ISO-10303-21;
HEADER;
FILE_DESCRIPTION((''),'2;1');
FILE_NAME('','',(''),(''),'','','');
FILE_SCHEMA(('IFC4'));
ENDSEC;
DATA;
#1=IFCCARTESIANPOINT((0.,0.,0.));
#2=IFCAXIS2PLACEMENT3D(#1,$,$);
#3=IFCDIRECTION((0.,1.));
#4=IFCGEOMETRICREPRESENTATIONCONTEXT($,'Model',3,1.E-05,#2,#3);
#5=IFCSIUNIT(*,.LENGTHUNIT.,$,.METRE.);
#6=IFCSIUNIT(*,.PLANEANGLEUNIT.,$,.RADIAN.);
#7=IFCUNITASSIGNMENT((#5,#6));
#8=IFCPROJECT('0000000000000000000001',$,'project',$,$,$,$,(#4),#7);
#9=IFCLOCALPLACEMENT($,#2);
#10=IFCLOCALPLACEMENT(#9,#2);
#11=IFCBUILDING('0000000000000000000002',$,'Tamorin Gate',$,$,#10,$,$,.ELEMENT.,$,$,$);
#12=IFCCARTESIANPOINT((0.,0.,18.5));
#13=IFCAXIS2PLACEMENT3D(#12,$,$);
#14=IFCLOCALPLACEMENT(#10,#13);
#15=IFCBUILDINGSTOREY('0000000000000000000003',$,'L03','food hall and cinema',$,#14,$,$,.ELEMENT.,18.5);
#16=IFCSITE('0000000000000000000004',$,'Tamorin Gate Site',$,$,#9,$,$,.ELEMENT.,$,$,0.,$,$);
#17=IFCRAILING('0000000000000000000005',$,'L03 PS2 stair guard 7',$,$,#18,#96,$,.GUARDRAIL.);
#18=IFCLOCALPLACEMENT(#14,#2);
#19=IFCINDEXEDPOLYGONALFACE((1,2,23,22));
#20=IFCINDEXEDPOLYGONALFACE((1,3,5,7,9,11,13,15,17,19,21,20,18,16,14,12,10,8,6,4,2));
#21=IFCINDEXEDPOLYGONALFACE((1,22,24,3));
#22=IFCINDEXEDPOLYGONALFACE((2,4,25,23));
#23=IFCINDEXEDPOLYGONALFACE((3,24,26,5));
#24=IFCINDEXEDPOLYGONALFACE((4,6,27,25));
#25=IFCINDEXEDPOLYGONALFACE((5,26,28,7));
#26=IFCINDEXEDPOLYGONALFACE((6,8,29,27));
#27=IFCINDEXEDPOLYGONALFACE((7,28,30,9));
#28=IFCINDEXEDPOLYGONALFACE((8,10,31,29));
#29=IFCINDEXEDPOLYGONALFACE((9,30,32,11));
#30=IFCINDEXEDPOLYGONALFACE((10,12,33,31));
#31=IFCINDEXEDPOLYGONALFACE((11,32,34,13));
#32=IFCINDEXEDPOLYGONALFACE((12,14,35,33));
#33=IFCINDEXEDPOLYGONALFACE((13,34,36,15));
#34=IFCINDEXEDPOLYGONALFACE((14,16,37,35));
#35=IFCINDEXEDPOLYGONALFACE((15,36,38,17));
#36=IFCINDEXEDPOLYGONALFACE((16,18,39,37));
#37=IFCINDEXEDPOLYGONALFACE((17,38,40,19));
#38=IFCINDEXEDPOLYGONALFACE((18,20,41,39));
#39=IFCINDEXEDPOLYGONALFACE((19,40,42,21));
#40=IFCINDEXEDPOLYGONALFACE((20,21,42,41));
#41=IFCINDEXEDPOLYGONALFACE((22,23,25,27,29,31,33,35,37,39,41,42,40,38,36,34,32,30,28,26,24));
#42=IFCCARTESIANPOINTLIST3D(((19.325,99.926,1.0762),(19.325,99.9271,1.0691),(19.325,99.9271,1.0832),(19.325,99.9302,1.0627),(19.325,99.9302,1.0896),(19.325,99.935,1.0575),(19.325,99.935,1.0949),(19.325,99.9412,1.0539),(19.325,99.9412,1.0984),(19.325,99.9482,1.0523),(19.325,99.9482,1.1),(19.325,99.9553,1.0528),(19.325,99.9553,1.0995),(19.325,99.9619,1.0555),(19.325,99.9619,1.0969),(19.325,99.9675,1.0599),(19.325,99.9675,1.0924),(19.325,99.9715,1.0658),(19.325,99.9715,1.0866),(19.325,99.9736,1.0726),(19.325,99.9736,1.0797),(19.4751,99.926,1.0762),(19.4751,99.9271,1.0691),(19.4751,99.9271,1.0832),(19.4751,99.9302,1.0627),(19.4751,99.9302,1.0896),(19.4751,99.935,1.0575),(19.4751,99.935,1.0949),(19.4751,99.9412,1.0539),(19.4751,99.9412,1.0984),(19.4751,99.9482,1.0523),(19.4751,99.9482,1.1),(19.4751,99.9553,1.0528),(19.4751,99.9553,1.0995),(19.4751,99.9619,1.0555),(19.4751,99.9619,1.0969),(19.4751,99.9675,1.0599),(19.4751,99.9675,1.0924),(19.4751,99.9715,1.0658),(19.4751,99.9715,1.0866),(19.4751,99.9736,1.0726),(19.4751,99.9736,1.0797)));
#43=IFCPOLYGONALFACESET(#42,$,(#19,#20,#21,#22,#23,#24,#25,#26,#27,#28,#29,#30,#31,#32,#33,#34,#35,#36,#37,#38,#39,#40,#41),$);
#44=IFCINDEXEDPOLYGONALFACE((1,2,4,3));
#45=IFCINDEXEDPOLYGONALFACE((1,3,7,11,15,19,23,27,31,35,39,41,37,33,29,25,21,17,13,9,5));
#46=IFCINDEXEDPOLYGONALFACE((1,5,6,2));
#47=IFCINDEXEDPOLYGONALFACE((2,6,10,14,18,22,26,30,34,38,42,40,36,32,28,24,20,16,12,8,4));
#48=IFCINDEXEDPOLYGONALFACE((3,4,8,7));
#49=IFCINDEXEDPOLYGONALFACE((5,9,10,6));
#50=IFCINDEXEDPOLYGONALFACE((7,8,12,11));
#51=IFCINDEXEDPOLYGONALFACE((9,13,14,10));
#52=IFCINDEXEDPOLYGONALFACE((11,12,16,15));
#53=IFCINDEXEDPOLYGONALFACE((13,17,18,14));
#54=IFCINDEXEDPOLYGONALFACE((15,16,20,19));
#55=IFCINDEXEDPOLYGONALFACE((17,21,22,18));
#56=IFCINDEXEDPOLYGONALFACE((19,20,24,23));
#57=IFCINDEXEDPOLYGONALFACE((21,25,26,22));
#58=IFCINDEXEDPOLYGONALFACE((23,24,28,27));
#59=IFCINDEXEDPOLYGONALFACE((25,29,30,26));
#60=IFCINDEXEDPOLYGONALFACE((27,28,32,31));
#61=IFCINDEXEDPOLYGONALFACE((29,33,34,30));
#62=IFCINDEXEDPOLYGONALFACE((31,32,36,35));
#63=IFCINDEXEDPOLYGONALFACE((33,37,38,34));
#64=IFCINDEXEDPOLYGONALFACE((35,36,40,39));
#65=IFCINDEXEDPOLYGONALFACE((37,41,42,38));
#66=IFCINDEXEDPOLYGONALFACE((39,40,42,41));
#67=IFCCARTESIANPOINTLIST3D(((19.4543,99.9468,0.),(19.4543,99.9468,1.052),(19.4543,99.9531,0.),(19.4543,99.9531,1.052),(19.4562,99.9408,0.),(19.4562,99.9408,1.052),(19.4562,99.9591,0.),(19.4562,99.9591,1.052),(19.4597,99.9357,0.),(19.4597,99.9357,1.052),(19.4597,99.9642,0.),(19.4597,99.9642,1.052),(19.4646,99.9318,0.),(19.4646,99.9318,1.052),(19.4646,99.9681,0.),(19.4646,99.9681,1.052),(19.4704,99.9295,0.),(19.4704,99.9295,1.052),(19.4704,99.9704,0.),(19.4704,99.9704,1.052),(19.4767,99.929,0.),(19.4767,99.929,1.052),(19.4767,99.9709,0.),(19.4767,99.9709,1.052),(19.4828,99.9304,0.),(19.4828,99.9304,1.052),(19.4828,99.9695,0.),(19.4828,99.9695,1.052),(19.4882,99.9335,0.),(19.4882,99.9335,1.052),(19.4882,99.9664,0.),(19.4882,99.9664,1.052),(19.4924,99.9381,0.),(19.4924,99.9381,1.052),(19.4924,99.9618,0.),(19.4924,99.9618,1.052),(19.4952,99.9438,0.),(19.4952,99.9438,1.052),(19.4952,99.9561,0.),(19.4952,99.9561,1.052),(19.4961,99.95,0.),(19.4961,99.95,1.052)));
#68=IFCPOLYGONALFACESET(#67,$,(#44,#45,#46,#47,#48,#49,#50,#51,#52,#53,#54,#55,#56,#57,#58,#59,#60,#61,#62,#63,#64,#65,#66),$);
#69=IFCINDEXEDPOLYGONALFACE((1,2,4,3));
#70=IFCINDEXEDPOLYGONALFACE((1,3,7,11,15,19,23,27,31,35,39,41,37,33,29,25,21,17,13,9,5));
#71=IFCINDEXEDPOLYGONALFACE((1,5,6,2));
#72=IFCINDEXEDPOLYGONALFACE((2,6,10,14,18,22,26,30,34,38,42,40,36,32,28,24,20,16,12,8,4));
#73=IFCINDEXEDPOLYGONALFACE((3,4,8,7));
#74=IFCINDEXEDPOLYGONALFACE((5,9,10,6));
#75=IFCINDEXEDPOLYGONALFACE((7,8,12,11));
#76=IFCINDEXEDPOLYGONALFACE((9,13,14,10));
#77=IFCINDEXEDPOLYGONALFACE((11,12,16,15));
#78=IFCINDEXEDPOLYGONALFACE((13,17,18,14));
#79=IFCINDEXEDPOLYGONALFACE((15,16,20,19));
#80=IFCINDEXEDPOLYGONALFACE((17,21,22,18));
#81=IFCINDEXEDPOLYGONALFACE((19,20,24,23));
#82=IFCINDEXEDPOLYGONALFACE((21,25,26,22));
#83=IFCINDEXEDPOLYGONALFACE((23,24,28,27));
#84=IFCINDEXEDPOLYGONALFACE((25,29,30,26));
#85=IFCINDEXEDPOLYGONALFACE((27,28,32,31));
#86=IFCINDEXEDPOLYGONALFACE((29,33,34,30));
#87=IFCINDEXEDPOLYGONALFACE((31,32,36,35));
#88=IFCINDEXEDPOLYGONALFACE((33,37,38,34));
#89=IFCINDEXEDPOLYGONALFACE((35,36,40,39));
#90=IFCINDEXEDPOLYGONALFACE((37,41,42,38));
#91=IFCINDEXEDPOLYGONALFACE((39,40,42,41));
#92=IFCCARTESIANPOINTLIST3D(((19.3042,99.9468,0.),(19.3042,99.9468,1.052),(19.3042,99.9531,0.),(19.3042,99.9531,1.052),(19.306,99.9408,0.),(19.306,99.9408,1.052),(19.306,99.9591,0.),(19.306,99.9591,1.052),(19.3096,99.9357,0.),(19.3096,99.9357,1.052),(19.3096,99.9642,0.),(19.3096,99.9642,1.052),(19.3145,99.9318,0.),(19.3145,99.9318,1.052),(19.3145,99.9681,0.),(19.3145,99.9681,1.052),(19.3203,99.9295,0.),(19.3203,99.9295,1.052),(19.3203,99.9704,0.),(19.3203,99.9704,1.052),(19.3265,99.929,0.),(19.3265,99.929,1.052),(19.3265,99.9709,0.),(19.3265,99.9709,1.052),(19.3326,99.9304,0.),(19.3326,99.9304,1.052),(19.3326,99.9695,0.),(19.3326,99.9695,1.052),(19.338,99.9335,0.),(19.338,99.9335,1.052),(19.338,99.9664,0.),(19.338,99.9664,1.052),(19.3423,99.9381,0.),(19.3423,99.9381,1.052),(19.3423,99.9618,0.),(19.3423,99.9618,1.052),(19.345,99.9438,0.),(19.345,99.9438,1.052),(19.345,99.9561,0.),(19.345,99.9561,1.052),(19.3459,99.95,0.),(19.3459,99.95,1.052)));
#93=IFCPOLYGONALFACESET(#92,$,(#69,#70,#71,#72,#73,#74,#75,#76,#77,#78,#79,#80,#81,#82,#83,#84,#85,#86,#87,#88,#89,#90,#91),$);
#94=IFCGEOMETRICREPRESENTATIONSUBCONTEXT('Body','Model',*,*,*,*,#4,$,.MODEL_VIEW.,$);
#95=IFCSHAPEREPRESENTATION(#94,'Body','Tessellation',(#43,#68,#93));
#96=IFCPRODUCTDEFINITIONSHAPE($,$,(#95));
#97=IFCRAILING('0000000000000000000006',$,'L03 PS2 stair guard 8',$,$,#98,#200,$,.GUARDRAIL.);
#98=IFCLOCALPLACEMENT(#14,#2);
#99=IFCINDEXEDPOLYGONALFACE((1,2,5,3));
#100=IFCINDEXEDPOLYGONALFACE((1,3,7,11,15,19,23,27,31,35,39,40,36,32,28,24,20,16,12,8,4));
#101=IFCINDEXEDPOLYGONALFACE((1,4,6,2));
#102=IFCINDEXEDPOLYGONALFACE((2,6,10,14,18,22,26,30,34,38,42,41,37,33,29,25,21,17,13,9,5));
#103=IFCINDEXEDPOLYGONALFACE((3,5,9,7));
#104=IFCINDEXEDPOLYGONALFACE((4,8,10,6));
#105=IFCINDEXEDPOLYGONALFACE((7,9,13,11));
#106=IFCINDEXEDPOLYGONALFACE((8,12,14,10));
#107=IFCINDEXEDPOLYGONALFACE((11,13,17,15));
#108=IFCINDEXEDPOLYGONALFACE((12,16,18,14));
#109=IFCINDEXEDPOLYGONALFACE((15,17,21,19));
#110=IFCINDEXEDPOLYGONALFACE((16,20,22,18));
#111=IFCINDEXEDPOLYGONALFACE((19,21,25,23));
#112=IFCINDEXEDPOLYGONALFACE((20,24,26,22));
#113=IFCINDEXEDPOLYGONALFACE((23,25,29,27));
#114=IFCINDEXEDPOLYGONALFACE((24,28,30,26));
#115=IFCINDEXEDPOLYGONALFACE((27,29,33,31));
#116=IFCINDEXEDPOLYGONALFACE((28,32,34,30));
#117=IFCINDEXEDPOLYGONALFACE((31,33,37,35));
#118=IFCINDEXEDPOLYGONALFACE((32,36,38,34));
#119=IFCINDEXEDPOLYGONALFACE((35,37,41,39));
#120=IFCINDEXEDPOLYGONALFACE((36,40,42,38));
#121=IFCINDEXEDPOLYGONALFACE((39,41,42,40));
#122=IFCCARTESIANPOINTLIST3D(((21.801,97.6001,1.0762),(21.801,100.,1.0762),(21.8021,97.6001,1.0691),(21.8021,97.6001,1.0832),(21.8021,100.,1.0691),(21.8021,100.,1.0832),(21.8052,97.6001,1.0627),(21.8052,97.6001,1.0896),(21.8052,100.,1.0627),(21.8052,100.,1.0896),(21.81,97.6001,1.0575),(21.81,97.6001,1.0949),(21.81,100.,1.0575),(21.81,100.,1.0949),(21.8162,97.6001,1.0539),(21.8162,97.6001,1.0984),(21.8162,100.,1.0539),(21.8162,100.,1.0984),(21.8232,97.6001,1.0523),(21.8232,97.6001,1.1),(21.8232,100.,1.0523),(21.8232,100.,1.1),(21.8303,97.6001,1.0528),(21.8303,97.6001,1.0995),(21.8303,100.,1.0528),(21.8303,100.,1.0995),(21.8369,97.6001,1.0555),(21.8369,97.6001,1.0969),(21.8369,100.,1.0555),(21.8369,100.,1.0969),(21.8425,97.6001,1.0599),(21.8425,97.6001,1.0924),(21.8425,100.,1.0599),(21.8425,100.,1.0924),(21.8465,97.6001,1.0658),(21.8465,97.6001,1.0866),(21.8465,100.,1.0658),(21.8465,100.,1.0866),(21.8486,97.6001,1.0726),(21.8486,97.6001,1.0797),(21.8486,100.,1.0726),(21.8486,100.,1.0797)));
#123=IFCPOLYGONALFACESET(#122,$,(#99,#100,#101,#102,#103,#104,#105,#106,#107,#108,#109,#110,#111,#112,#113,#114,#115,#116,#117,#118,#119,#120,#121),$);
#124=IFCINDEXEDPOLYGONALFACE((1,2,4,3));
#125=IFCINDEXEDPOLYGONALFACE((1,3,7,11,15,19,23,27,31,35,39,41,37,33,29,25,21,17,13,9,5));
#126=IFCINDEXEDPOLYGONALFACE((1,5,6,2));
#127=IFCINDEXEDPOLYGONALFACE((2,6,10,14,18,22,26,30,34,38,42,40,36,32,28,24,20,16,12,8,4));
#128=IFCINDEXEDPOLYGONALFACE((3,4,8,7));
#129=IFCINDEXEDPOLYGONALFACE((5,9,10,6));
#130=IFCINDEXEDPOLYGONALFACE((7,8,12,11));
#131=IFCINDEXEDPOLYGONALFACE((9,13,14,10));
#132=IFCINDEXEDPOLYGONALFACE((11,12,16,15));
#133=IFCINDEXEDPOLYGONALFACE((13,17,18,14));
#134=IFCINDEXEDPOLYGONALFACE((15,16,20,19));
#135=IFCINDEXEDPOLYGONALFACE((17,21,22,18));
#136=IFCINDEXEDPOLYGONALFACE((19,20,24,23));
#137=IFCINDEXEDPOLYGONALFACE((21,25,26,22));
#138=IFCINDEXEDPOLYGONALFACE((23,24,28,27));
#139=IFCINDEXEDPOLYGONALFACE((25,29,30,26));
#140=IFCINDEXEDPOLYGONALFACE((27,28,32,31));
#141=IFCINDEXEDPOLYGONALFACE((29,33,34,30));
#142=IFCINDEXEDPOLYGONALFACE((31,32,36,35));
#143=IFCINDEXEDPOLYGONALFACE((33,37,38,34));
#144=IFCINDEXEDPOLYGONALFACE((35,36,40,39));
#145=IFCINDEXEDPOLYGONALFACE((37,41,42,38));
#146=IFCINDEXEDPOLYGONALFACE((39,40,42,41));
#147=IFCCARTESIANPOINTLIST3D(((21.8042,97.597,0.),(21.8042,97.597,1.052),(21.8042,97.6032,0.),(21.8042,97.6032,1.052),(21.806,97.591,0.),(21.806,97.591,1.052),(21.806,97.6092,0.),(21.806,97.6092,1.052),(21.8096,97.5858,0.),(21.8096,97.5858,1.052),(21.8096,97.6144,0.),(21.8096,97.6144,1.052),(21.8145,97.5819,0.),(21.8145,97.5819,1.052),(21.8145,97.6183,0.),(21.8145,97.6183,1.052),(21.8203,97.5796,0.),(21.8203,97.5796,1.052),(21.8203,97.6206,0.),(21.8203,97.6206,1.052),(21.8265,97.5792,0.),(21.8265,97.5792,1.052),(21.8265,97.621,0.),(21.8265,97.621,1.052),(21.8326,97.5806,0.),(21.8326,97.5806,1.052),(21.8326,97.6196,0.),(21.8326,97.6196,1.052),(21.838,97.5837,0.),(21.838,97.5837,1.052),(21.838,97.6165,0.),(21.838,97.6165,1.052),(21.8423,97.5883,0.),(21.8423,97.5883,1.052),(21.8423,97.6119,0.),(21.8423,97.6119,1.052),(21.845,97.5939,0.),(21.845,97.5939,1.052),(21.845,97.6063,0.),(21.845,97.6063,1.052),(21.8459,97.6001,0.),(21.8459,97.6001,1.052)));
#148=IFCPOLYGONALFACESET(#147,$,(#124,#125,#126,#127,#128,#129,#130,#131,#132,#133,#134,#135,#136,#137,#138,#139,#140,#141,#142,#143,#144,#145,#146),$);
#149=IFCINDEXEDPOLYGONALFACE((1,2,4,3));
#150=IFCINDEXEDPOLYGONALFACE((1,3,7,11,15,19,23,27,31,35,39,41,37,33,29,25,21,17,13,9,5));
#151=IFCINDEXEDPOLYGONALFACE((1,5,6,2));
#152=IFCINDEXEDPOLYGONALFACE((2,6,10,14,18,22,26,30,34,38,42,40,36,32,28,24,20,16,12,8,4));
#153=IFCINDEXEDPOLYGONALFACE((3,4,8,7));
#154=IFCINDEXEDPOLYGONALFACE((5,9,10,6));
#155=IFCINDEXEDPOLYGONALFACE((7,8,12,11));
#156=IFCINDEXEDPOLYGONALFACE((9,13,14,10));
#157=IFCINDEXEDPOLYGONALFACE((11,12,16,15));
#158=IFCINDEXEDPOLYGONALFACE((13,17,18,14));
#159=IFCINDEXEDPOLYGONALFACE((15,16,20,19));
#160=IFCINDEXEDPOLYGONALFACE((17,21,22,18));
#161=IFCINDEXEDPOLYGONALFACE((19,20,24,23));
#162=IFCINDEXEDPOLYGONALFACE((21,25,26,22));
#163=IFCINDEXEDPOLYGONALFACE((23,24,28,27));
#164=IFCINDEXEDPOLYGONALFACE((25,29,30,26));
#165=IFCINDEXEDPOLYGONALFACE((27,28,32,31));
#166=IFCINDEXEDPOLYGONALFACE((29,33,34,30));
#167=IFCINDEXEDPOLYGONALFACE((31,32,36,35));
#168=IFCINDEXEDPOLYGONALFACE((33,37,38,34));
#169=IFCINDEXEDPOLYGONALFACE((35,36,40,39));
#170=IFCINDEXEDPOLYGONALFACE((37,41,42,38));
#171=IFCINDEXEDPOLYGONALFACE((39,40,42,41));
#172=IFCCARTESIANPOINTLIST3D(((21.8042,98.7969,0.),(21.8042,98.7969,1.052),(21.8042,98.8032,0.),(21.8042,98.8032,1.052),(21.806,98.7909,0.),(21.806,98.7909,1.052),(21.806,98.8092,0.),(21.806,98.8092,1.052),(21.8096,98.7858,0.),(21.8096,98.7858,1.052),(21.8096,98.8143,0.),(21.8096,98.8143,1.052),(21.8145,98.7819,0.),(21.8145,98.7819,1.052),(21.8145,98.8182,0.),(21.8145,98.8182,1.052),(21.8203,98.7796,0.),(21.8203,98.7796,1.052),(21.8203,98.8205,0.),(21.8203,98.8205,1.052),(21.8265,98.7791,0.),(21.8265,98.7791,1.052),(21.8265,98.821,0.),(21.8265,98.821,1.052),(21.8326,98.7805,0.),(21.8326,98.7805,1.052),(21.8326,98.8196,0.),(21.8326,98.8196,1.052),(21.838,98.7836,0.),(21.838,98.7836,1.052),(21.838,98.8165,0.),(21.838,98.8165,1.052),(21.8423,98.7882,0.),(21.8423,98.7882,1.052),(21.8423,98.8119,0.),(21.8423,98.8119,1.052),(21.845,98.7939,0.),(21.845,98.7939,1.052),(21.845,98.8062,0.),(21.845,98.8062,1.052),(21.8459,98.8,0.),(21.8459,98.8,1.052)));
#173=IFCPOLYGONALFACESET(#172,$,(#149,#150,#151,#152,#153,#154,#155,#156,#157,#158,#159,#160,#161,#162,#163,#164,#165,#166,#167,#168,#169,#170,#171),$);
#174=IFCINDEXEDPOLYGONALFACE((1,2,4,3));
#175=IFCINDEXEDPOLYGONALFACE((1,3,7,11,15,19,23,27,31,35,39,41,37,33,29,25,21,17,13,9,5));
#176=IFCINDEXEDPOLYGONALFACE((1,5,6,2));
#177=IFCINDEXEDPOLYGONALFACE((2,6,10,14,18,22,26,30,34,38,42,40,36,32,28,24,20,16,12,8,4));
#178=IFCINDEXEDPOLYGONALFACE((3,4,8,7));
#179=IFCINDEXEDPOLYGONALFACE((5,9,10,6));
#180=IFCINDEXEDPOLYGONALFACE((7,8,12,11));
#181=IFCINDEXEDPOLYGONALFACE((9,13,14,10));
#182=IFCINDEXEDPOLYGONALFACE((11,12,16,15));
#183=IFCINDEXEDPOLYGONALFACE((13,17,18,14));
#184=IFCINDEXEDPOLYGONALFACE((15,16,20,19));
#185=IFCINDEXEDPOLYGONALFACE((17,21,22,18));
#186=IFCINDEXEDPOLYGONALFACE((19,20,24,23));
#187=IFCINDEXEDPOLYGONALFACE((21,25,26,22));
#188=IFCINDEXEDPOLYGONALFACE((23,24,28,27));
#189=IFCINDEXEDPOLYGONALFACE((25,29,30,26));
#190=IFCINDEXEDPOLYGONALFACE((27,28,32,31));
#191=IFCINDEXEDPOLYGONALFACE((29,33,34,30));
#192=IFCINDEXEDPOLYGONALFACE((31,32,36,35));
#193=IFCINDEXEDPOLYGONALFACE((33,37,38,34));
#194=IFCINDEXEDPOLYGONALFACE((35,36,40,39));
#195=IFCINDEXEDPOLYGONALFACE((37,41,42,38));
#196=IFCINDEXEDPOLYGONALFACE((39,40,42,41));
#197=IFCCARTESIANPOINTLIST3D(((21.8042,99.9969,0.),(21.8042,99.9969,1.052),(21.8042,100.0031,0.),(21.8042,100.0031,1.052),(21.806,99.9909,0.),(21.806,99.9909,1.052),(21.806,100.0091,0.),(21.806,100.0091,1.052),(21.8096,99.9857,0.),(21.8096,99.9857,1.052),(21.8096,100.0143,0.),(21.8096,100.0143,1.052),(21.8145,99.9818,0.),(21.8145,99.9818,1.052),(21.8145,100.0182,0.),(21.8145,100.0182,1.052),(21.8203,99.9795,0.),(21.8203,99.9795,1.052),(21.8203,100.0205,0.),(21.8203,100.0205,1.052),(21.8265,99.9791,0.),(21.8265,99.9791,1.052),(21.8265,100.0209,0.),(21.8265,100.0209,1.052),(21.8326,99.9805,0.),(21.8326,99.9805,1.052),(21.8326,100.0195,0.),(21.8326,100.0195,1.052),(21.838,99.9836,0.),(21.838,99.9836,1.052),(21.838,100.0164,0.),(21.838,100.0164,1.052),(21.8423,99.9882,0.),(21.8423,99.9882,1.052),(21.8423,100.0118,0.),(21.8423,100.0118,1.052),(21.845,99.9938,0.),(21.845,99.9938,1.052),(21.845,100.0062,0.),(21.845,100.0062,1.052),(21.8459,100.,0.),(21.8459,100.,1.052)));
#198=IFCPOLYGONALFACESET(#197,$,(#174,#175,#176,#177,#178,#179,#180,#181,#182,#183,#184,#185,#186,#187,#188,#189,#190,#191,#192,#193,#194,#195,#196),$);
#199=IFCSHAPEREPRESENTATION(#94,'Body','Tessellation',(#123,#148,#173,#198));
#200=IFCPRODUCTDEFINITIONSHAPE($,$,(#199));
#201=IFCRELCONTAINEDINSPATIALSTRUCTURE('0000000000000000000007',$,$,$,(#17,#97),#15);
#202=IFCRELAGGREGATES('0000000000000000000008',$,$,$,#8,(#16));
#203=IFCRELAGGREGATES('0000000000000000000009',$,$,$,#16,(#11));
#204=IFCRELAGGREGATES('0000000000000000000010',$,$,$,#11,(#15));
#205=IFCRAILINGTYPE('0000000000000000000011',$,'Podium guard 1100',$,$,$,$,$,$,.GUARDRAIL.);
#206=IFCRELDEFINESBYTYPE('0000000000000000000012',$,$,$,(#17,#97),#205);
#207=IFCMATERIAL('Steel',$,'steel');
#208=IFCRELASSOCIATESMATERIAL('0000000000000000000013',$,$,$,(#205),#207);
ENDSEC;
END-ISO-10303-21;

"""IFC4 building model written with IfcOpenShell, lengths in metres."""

from ifc_helpers import new_model, si_unit, direction, frame, origin, origin_2d, place, context, subcontext, project, spatial, circle, extrude, material, type_object, element, save


model = new_model("IFC4")

# Units and contexts
model_context = context("Model", 3, precision=1e-05, world=origin(), true_north=direction((0.0, 1.0)))
body_context = subcontext(model_context, "Body", "Model", "MODEL_VIEW")
ifc_project = project(units=[si_unit("LENGTHUNIT", "METRE"), si_unit("PLANEANGLEUNIT", "RADIAN")], contexts=[model_context])

# Site, building, storey
site_placement = place(None, origin())
site = spatial("IfcSite", under=ifc_project, at=site_placement, Name="Tamorin Gate Site", CompositionType="ELEMENT", RefElevation=0.0)
building_placement = place(site_placement, origin())
building = spatial("IfcBuilding", under=site, at=building_placement, Name="Tamorin Gate", CompositionType="ELEMENT")
storey_placement = place(building_placement, frame((0.0, 0.0, 18.5)))
storey = spatial("IfcBuildingStorey", under=building, at=storey_placement, Name="L03", Description="food hall and cinema", CompositionType="ELEMENT", Elevation=18.5)

# Railings
ifc_material_1 = material(Name="Steel", Category="steel")
railing_type_1 = type_object("IfcRailingType", Name="Podium guard 1100", PredefinedType="GUARDRAIL", material=ifc_material_1)
railing_1_placement = place(storey_placement, frame((19.4751, 99.95, 0.0)))
element("IfcRailing", 1, at=railing_1_placement, inside=storey, type_object=railing_type_1, Name="L03 PS2 stair guard 7", PredefinedType="GUARDRAIL", context=body_context, shape_type="SweptSolid", body=[
    extrude(circle(Radius=0.0239, at=origin_2d()), frame((0.0, 0.0, 1.0762), z_axis=(-1.0, 0.0, 0.0), x_axis=(0.0, -1.0, 0.0)), (0.0, 0.0, 1.0), 0.1501),
    extrude(circle(Radius=0.021, at=origin_2d()), origin(), (0.0, 0.0, 1.0), 1.052),
    extrude(circle(Radius=0.021, at=origin_2d()), frame((-0.1501, 0.0, 0.0)), (0.0, 0.0, 1.0), 1.052),
])
for number, where, name in (
    (2, (21.825, 97.6001, 0.0), "L03 PS2 stair guard 8"),
):
    element("IfcRailing", number, at=place(storey_placement, frame(where)), inside=storey, type_object=railing_type_1, Name=name, PredefinedType="GUARDRAIL", context=body_context, shape_type="SweptSolid", body=[
        extrude(circle(Radius=0.0239, at=origin_2d()), frame((0.0, 0.0, 1.0762), z_axis=(0.0, 1.0, 0.0), x_axis=(-1.0, 0.0, 0.0)), (0.0, 0.0, 1.0), 2.3999),
        extrude(circle(Radius=0.021, at=origin_2d()), origin(), (0.0, 0.0, 1.0), 1.052),
        extrude(circle(Radius=0.021, at=origin_2d()), frame((0.0, 1.2, 0.0)), (0.0, 0.0, 1.0), 1.052),
        extrude(circle(Radius=0.021, at=origin_2d()), frame((0.0, 2.3999, 0.0)), (0.0, 0.0, 1.0), 1.052),
    ])

save(model, "model.ifc")
